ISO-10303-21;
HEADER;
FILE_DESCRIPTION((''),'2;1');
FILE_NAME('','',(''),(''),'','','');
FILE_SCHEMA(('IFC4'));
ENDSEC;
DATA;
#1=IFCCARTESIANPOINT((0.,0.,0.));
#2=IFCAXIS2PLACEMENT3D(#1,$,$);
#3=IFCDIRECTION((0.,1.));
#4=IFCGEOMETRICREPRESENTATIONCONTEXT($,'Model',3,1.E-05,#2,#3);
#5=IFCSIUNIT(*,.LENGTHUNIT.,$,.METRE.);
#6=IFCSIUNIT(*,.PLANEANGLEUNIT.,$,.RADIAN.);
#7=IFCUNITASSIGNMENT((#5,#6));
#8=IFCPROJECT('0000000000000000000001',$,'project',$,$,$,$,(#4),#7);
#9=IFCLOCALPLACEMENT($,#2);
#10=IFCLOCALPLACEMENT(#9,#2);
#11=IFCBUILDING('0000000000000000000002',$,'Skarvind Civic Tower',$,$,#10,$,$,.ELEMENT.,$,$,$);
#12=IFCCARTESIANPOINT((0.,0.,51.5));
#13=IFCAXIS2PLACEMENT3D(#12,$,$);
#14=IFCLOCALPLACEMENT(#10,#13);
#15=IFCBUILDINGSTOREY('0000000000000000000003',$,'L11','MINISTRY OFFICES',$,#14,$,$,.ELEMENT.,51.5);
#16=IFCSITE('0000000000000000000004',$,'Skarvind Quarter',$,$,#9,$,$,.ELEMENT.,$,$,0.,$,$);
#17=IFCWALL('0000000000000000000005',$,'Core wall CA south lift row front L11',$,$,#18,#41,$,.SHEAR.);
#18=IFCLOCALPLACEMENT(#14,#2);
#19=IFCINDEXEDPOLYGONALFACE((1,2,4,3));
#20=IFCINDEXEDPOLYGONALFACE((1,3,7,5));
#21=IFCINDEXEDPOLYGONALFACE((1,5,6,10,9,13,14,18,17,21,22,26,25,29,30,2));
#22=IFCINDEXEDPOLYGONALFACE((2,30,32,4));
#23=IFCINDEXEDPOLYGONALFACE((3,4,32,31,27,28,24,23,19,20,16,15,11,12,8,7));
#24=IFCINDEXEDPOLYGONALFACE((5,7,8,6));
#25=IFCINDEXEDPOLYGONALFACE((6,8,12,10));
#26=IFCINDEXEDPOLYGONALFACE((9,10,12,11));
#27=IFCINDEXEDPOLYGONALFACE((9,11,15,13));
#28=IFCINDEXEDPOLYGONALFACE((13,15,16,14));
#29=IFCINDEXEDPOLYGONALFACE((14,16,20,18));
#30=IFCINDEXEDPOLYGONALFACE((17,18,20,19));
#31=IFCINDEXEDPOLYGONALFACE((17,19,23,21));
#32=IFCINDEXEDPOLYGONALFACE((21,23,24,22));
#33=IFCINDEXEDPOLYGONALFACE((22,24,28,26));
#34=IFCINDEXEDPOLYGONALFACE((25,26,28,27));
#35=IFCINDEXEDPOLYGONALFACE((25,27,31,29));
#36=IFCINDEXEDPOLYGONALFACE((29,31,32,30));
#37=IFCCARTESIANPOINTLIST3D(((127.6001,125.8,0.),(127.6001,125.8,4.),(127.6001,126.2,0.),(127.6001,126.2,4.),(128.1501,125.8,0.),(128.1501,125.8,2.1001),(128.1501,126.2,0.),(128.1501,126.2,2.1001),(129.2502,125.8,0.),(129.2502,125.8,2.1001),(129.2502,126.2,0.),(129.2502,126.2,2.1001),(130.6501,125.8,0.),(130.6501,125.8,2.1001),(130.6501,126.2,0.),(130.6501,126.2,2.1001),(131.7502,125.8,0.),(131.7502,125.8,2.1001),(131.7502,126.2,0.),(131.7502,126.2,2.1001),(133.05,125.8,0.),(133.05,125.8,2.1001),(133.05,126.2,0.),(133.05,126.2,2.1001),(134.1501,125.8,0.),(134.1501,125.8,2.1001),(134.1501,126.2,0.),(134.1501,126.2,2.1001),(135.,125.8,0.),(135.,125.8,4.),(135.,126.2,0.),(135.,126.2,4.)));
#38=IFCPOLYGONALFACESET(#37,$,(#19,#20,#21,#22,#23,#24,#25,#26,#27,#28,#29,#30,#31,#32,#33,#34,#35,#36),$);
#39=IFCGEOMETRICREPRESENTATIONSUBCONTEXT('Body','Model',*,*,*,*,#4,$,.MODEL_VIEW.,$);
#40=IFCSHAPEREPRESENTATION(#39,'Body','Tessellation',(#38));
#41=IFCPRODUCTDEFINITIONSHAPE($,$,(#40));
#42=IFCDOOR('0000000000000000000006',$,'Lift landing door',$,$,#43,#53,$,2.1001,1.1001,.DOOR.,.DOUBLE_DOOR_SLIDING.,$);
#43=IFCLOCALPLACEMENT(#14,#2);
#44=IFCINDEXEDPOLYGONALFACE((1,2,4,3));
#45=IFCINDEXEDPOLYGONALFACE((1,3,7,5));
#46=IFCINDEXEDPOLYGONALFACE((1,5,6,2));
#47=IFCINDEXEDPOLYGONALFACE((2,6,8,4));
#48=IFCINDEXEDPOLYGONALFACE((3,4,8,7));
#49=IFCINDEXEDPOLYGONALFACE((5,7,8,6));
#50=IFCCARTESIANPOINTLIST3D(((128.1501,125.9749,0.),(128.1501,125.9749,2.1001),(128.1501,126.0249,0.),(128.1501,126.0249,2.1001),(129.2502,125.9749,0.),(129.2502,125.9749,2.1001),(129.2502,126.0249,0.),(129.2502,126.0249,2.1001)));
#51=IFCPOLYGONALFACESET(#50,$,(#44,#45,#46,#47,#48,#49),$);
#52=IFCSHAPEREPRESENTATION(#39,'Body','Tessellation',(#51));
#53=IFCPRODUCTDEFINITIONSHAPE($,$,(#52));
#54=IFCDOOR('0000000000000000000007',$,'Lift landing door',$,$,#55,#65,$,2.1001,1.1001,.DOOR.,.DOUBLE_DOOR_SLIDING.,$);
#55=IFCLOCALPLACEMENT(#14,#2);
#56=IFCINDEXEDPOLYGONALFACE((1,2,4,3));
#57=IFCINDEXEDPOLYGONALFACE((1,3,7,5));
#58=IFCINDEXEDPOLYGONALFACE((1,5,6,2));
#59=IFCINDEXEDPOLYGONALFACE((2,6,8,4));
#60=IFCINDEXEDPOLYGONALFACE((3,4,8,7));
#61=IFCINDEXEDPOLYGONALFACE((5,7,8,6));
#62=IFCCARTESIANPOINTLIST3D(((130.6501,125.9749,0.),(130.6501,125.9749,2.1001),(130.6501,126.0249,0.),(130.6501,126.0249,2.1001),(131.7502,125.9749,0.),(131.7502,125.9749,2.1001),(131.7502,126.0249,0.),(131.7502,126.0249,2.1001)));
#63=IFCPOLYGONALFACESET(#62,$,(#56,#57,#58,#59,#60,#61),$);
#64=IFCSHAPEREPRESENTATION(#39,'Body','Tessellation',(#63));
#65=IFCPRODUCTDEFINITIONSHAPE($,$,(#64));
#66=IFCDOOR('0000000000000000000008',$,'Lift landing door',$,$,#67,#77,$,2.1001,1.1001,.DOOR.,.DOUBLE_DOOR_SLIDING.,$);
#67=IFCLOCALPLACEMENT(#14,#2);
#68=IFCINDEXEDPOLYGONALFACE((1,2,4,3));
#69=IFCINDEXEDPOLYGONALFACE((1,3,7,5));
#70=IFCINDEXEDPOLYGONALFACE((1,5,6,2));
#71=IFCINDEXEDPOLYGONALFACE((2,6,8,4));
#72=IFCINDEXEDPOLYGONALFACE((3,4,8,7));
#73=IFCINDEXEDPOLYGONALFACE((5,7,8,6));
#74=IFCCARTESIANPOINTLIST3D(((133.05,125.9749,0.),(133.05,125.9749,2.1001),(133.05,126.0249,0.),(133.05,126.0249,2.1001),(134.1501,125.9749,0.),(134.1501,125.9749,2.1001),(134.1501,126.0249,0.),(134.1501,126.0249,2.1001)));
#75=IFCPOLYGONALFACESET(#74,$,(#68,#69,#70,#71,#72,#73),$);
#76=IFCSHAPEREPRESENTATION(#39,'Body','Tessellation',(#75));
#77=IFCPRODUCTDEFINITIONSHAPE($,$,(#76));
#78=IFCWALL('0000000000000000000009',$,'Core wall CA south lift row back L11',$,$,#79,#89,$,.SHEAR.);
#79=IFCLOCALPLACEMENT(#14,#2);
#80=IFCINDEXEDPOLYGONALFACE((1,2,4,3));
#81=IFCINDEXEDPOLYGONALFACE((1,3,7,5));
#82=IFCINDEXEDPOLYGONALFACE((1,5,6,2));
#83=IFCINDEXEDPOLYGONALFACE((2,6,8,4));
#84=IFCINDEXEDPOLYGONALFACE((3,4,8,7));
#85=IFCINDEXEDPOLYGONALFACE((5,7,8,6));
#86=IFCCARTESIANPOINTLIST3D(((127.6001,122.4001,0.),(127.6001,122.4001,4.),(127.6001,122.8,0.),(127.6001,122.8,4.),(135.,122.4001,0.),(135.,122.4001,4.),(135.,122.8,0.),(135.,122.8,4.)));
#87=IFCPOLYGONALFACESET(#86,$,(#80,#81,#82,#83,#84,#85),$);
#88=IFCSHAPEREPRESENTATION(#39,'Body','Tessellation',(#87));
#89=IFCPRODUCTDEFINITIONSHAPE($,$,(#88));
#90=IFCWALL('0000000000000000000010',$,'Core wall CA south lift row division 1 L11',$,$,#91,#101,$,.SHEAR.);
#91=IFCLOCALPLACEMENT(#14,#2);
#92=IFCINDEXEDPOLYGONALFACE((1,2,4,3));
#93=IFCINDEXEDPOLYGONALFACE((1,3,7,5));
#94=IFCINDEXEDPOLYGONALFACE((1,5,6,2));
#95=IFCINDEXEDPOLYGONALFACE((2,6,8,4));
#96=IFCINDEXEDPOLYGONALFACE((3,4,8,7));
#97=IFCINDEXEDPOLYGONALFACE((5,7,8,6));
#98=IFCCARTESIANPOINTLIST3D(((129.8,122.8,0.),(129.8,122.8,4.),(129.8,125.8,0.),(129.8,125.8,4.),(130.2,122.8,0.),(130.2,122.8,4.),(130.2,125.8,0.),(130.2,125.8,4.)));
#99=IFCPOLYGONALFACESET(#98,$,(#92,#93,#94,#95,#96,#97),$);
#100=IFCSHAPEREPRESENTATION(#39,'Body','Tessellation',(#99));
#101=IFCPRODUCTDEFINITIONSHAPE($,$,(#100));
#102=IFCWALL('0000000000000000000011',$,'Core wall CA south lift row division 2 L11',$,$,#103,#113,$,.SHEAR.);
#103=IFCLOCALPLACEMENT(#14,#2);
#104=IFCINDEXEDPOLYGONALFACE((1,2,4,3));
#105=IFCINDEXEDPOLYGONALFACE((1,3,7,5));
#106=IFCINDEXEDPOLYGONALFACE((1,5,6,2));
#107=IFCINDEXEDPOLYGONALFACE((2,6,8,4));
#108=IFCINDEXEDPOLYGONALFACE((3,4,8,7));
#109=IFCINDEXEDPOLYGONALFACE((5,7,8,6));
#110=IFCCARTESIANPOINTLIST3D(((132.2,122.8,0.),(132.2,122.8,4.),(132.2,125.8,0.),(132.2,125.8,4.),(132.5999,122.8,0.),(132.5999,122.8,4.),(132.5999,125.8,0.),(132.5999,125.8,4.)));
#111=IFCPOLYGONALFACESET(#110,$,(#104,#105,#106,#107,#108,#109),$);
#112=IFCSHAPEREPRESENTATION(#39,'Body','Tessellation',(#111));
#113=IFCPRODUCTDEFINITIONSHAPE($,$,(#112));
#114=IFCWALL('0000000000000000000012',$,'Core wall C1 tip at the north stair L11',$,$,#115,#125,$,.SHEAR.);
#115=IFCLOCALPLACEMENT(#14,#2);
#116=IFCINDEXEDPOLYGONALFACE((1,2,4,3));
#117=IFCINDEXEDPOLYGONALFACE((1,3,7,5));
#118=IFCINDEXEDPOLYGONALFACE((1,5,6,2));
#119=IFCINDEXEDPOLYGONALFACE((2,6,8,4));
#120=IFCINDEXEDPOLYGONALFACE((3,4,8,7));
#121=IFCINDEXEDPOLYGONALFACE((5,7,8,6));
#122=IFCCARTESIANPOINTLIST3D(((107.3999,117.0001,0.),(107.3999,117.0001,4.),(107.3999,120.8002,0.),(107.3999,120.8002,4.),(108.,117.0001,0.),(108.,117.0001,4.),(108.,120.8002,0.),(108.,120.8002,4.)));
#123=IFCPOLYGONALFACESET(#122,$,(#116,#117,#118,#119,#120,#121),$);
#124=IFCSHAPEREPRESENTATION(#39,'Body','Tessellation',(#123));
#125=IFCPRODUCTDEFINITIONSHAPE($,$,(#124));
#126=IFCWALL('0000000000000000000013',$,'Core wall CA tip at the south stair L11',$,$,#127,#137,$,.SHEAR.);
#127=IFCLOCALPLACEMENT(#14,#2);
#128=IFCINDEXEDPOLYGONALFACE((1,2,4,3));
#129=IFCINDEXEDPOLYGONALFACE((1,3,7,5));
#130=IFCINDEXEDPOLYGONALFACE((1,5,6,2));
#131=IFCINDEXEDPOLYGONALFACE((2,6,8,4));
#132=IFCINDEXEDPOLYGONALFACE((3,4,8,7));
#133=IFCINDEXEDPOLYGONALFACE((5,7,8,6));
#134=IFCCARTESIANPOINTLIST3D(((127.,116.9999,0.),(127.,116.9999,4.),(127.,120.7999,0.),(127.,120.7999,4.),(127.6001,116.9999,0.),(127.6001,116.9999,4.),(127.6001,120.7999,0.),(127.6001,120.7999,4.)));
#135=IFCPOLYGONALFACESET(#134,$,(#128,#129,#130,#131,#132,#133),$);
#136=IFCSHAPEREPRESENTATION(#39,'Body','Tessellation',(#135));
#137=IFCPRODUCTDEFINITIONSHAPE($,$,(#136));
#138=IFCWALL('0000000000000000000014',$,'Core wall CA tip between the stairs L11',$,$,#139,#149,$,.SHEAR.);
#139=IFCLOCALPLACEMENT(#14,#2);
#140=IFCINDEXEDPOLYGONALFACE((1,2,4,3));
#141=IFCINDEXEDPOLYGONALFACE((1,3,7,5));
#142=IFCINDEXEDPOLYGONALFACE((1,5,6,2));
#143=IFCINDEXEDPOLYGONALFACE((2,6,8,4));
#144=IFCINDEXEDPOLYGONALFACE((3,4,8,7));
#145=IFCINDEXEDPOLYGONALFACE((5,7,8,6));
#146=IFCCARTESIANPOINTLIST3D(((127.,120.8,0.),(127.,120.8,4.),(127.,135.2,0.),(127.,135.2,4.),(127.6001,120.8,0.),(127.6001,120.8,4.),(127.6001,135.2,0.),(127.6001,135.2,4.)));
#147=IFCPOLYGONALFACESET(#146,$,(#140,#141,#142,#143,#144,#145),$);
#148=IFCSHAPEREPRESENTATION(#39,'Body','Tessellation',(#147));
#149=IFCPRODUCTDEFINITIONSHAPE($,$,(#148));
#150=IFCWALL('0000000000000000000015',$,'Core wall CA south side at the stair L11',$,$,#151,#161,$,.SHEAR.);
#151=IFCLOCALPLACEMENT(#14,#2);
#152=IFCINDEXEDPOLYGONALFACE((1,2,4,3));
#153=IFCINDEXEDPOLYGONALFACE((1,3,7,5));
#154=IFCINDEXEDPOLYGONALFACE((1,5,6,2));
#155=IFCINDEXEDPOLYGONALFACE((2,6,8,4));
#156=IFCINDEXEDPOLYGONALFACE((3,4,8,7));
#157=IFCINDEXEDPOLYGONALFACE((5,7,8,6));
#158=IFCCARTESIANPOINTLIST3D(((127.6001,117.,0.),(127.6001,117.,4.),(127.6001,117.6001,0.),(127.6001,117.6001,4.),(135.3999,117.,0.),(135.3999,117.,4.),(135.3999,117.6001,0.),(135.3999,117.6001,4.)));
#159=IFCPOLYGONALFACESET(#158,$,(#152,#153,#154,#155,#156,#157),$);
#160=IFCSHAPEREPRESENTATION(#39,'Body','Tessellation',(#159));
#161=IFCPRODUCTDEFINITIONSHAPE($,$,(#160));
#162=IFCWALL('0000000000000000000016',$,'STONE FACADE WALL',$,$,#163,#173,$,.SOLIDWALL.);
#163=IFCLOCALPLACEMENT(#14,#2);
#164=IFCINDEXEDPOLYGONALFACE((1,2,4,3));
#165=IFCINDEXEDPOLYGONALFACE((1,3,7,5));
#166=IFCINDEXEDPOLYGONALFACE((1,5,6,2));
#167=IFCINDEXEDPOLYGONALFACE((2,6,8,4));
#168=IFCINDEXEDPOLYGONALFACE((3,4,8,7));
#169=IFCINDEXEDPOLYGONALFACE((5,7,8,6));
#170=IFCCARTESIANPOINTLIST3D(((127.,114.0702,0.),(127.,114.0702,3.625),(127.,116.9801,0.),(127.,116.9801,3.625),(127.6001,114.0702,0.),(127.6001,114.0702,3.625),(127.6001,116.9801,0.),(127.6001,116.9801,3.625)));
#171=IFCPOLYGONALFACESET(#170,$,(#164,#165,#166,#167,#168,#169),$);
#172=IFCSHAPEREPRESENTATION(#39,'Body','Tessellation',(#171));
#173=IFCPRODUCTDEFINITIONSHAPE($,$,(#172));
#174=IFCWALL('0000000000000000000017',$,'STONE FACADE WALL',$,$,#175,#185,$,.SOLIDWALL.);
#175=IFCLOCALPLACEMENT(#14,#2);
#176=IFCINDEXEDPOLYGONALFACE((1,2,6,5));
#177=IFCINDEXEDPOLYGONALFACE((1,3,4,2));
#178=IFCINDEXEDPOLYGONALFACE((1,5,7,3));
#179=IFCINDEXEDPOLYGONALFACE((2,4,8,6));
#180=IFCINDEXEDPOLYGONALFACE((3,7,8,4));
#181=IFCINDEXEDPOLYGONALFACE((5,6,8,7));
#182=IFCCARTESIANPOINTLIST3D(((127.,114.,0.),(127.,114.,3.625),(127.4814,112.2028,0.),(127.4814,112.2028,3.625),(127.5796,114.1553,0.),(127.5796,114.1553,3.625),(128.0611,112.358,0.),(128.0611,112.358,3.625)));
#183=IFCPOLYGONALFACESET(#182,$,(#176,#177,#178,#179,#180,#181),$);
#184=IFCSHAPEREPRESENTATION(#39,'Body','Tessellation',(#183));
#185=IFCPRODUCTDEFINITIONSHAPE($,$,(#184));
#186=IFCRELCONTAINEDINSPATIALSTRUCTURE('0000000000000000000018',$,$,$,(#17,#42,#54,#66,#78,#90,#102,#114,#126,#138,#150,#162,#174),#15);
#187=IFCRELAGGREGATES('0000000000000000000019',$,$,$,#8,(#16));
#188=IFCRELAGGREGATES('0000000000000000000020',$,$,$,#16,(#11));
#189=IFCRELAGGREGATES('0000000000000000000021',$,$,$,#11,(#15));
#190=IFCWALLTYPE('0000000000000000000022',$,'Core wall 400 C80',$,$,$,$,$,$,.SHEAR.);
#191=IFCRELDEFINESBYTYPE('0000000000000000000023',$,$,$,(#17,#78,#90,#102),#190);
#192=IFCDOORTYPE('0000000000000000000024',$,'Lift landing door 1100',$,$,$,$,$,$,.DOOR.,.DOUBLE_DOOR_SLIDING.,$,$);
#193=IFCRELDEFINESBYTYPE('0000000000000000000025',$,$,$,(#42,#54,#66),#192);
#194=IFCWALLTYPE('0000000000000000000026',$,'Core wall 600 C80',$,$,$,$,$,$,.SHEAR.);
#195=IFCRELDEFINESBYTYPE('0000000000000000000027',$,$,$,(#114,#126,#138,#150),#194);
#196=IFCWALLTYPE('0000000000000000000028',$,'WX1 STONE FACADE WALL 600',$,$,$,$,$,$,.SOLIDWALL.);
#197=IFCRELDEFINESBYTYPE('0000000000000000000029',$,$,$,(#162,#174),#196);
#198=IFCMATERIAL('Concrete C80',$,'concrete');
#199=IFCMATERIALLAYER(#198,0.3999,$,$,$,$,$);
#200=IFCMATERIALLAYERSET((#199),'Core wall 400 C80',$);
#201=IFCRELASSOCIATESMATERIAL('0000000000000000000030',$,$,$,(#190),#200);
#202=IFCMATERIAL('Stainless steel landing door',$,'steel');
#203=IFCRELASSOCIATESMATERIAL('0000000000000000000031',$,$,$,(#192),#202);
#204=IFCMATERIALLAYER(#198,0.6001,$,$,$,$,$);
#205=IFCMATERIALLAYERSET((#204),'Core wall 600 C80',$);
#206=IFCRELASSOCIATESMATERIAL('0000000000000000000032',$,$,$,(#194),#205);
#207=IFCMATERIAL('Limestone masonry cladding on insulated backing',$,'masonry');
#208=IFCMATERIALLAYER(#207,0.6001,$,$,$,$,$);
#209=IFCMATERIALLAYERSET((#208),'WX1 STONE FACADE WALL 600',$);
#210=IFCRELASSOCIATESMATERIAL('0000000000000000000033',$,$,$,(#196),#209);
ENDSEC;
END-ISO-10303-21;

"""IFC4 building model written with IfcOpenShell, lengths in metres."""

from ifc_helpers import new_model, si_unit, direction, frame, frame_2d, origin, place, context, subcontext, project, spatial, rectangle, extrude, material, layer, layer_set, type_object, element, fill, save


model = new_model("IFC4")

# Units and contexts
model_context = context("Model", 3, precision=1e-05, world=origin(), true_north=direction((0.0, 1.0)))
body_context = subcontext(model_context, "Body", "Model", "MODEL_VIEW")
ifc_project = project(units=[si_unit("LENGTHUNIT", "METRE"), si_unit("PLANEANGLEUNIT", "RADIAN")], contexts=[model_context])

# Site, building, storey
site_placement = place(None, origin())
site = spatial("IfcSite", under=ifc_project, at=site_placement, Name="Skarvind Quarter", CompositionType="ELEMENT", RefElevation=0.0)
building_placement = place(site_placement, origin())
building = spatial("IfcBuilding", under=site, at=building_placement, Name="Skarvind Civic Tower", CompositionType="ELEMENT")
storey_placement = place(building_placement, frame((0.0, 0.0, 51.5)))
storey = spatial("IfcBuildingStorey", under=building, at=storey_placement, Name="L11", Description="MINISTRY OFFICES", CompositionType="ELEMENT", Elevation=51.5)

# Shared definitions
ifc_material_1 = material(Name="Concrete C80", Category="concrete")
ifc_layer_1 = layer(ifc_material_1, 0.3999)
ifc_layer_set_1 = layer_set([ifc_layer_1], Name="Core wall 400 C80")
wall_type_1 = type_object("IfcWallType", Name="Core wall 400 C80", PredefinedType="SHEAR", material=ifc_layer_set_1)

# Shared definitions
ifc_material_2 = material(Name="Stainless steel landing door", Category="steel")
door_type_1 = type_object("IfcDoorType", Name="Lift landing door 1100", OperationType="DOUBLE_DOOR_SLIDING", PredefinedType="DOOR", material=ifc_material_2)

# Wall, openings, doors
wall_1_placement = place(storey_placement, frame((127.6001, 126.0, 0.0), z_axis=(0.0, 0.0, 1.0), x_axis=(1.0, 0.0, 0.0)))
wall_1 = element("IfcWall", 1, at=wall_1_placement, inside=storey, type_object=wall_type_1, Name="Core wall CA south lift row front L11", PredefinedType="SHEAR", context=body_context, shape_type="SweptSolid", body=[
    extrude(rectangle(XDim=7.3999, YDim=0.3999, at=frame_2d((3.7, 0.0))), origin(), (0.0, 0.0, 1.0), 4.0),
])
opening_1_placement = place(wall_1_placement, frame((0.55, 0.0, 0.0)))
opening_1 = element("IfcOpeningElement", 2, at=opening_1_placement, cuts=wall_1, PredefinedType="OPENING", context=body_context, shape_type="SweptSolid", body=[
    extrude(rectangle(XDim=1.1001, YDim=2.1001, at=frame_2d((0.55, 1.05))), frame((0.0, 0.21, 0.0), z_axis=(0.0, -1.0, 0.0), x_axis=(1.0, 0.0, 0.0)), (0.0, 0.0, 1.0), 0.4199),
])
opening_2_placement = place(wall_1_placement, frame((3.05, 0.0, 0.0)))
opening_2 = element("IfcOpeningElement", 3, at=opening_2_placement, cuts=wall_1, PredefinedType="OPENING", context=body_context, shape_type="SweptSolid", body=[
    extrude(rectangle(XDim=1.1001, YDim=2.1001, at=frame_2d((0.55, 1.05))), frame((0.0, 0.21, 0.0), z_axis=(0.0, -1.0, 0.0), x_axis=(1.0, 0.0, 0.0)), (0.0, 0.0, 1.0), 0.4199),
])
opening_3_placement = place(wall_1_placement, frame((5.45, 0.0, 0.0)))
opening_3 = element("IfcOpeningElement", 4, at=opening_3_placement, cuts=wall_1, PredefinedType="OPENING", context=body_context, shape_type="SweptSolid", body=[
    extrude(rectangle(XDim=1.1001, YDim=2.1001, at=frame_2d((0.55, 1.05))), frame((0.0, 0.21, 0.0), z_axis=(0.0, -1.0, 0.0), x_axis=(1.0, 0.0, 0.0)), (0.0, 0.0, 1.0), 0.4199),
])
door_1_placement = place(opening_1_placement, origin())
door_1 = element("IfcDoor", 5, at=door_1_placement, inside=storey, type_object=door_type_1, Name="Lift landing door", OperationType="DOUBLE_DOOR_SLIDING", OverallHeight=2.1001, OverallWidth=1.1001, PredefinedType="DOOR", context=body_context, shape_type="SweptSolid", body=[
    extrude(rectangle(XDim=1.1001, YDim=2.1001, at=frame_2d((0.55, 1.05))), frame((0.0, 0.0249, 0.0), z_axis=(0.0, -1.0, 0.0), x_axis=(1.0, 0.0, 0.0)), (0.0, 0.0, 1.0), 0.05),
])
fill(opening_1, door_1)
door_2_placement = place(opening_2_placement, origin())
door_2 = element("IfcDoor", 6, at=door_2_placement, inside=storey, type_object=door_type_1, Name="Lift landing door", OperationType="DOUBLE_DOOR_SLIDING", OverallHeight=2.1001, OverallWidth=1.1001, PredefinedType="DOOR", context=body_context, shape_type="SweptSolid", body=[
    extrude(rectangle(XDim=1.1001, YDim=2.1001, at=frame_2d((0.55, 1.05))), frame((0.0, 0.0249, 0.0), z_axis=(0.0, -1.0, 0.0), x_axis=(1.0, 0.0, 0.0)), (0.0, 0.0, 1.0), 0.05),
])
fill(opening_2, door_2)
door_3_placement = place(opening_3_placement, origin())
door_3 = element("IfcDoor", 7, at=door_3_placement, inside=storey, type_object=door_type_1, Name="Lift landing door", OperationType="DOUBLE_DOOR_SLIDING", OverallHeight=2.1001, OverallWidth=1.1001, PredefinedType="DOOR", context=body_context, shape_type="SweptSolid", body=[
    extrude(rectangle(XDim=1.1001, YDim=2.1001, at=frame_2d((0.55, 1.05))), frame((0.0, 0.0249, 0.0), z_axis=(0.0, -1.0, 0.0), x_axis=(1.0, 0.0, 0.0)), (0.0, 0.0, 1.0), 0.05),
])
fill(opening_3, door_3)

# Walls
wall_2_placement = place(storey_placement, frame((127.6001, 122.6001, 0.0), z_axis=(0.0, 0.0, 1.0), x_axis=(1.0, 0.0, 0.0)))
element("IfcWall", 8, at=wall_2_placement, inside=storey, type_object=wall_type_1, Name="Core wall CA south lift row back L11", PredefinedType="SHEAR", context=body_context, shape_type="SweptSolid", body=[
    extrude(rectangle(XDim=7.3999, YDim=0.3999, at=frame_2d((3.7, 0.0))), origin(), (0.0, 0.0, 1.0), 4.0),
])
for number, where, z_axis, x_axis, name in (
    (9, (130.0, 122.8, 0.0), (0.0, 0.0, 1.0), (0.0, 1.0, 0.0), "Core wall CA south lift row division 1 L11"),
    (10, (132.3999, 122.8, 0.0), (0.0, 0.0, 1.0), (0.0, 1.0, 0.0), "Core wall CA south lift row division 2 L11"),
):
    element("IfcWall", number, at=place(storey_placement, frame(where, z_axis=z_axis, x_axis=x_axis)), inside=storey, type_object=wall_type_1, Name=name, PredefinedType="SHEAR", context=body_context, shape_type="SweptSolid", body=[
        extrude(rectangle(XDim=3.0, YDim=0.3999, at=frame_2d((1.5, 0.0))), origin(), (0.0, 0.0, 1.0), 4.0),
    ])
ifc_layer_2 = layer(ifc_material_1, 0.6001)
ifc_layer_set_2 = layer_set([ifc_layer_2], Name="Core wall 600 C80")
wall_type_2 = type_object("IfcWallType", Name="Core wall 600 C80", PredefinedType="SHEAR", material=ifc_layer_set_2)
for number, where, z_axis, x_axis, name in (
    (11, (107.7, 120.8, 0.0), (0.0, 0.0, 1.0), (0.0, -1.0, 0.0), "Core wall C1 tip at the north stair L11"),
    (12, (127.3, 117.0, 0.0), (0.0, 0.0, 1.0), (0.0, 1.0, 0.0), "Core wall CA tip at the south stair L11"),
):
    element("IfcWall", number, at=place(storey_placement, frame(where, z_axis=z_axis, x_axis=x_axis)), inside=storey, type_object=wall_type_2, Name=name, PredefinedType="SHEAR", context=body_context, shape_type="SweptSolid", body=[
        extrude(rectangle(XDim=3.8, YDim=0.6001, at=frame_2d((1.8999, 0.0))), origin(), (0.0, 0.0, 1.0), 4.0),
    ])
wall_3_placement = place(storey_placement, frame((127.3, 120.8, 0.0), z_axis=(0.0, 0.0, 1.0), x_axis=(0.0, 1.0, 0.0)))
element("IfcWall", 13, at=wall_3_placement, inside=storey, type_object=wall_type_2, Name="Core wall CA tip between the stairs L11", PredefinedType="SHEAR", context=body_context, shape_type="SweptSolid", body=[
    extrude(rectangle(XDim=14.3999, YDim=0.6001, at=frame_2d((7.2, 0.0))), origin(), (0.0, 0.0, 1.0), 4.0),
])
wall_4_placement = place(storey_placement, frame((127.6001, 117.3, 0.0), z_axis=(0.0, 0.0, 1.0), x_axis=(1.0, 0.0, 0.0)))
element("IfcWall", 14, at=wall_4_placement, inside=storey, type_object=wall_type_2, Name="Core wall CA south side at the stair L11", PredefinedType="SHEAR", context=body_context, shape_type="SweptSolid", body=[
    extrude(rectangle(XDim=7.7998, YDim=0.6001, at=frame_2d((3.8999, 0.0))), origin(), (0.0, 0.0, 1.0), 4.0),
])
ifc_material_3 = material(Name="Limestone masonry cladding on insulated backing", Category="masonry")
ifc_layer_3 = layer(ifc_material_3, 0.6001)
ifc_layer_set_3 = layer_set([ifc_layer_3], Name="WX1 STONE FACADE WALL 600")
wall_type_3 = type_object("IfcWallType", Name="WX1 STONE FACADE WALL 600", PredefinedType="SOLIDWALL", material=ifc_layer_set_3)
wall_5_placement = place(storey_placement, frame((127.3, 114.0701, 0.0), z_axis=(0.0, 0.0, 1.0), x_axis=(0.0, 1.0, 0.0)))
element("IfcWall", 15, at=wall_5_placement, inside=storey, type_object=wall_type_3, Name="STONE FACADE WALL", PredefinedType="SOLIDWALL", context=body_context, shape_type="SweptSolid", body=[
    extrude(rectangle(XDim=2.9099, YDim=0.6001, at=frame_2d((1.4551, 0.0))), origin(), (0.0, 0.0, 1.0), 3.625),
])
for number, where, z_axis, x_axis, name in (
    (16, (127.7712, 112.2805, 0.0), (0.0, 0.0, 1.0), (-0.258773, 0.965938, 0.0), "STONE FACADE WALL"),
):
    element("IfcWall", number, at=place(storey_placement, frame(where, z_axis=z_axis, x_axis=x_axis)), inside=storey, type_object=wall_type_3, Name=name, PredefinedType="SOLIDWALL", context=body_context, shape_type="SweptSolid", body=[
        extrude(rectangle(XDim=1.8606, YDim=0.6001, at=frame_2d((0.9302, 0.0))), origin(), (0.0, 0.0, 1.0), 3.625),
    ])

save(model, "model.ifc")
